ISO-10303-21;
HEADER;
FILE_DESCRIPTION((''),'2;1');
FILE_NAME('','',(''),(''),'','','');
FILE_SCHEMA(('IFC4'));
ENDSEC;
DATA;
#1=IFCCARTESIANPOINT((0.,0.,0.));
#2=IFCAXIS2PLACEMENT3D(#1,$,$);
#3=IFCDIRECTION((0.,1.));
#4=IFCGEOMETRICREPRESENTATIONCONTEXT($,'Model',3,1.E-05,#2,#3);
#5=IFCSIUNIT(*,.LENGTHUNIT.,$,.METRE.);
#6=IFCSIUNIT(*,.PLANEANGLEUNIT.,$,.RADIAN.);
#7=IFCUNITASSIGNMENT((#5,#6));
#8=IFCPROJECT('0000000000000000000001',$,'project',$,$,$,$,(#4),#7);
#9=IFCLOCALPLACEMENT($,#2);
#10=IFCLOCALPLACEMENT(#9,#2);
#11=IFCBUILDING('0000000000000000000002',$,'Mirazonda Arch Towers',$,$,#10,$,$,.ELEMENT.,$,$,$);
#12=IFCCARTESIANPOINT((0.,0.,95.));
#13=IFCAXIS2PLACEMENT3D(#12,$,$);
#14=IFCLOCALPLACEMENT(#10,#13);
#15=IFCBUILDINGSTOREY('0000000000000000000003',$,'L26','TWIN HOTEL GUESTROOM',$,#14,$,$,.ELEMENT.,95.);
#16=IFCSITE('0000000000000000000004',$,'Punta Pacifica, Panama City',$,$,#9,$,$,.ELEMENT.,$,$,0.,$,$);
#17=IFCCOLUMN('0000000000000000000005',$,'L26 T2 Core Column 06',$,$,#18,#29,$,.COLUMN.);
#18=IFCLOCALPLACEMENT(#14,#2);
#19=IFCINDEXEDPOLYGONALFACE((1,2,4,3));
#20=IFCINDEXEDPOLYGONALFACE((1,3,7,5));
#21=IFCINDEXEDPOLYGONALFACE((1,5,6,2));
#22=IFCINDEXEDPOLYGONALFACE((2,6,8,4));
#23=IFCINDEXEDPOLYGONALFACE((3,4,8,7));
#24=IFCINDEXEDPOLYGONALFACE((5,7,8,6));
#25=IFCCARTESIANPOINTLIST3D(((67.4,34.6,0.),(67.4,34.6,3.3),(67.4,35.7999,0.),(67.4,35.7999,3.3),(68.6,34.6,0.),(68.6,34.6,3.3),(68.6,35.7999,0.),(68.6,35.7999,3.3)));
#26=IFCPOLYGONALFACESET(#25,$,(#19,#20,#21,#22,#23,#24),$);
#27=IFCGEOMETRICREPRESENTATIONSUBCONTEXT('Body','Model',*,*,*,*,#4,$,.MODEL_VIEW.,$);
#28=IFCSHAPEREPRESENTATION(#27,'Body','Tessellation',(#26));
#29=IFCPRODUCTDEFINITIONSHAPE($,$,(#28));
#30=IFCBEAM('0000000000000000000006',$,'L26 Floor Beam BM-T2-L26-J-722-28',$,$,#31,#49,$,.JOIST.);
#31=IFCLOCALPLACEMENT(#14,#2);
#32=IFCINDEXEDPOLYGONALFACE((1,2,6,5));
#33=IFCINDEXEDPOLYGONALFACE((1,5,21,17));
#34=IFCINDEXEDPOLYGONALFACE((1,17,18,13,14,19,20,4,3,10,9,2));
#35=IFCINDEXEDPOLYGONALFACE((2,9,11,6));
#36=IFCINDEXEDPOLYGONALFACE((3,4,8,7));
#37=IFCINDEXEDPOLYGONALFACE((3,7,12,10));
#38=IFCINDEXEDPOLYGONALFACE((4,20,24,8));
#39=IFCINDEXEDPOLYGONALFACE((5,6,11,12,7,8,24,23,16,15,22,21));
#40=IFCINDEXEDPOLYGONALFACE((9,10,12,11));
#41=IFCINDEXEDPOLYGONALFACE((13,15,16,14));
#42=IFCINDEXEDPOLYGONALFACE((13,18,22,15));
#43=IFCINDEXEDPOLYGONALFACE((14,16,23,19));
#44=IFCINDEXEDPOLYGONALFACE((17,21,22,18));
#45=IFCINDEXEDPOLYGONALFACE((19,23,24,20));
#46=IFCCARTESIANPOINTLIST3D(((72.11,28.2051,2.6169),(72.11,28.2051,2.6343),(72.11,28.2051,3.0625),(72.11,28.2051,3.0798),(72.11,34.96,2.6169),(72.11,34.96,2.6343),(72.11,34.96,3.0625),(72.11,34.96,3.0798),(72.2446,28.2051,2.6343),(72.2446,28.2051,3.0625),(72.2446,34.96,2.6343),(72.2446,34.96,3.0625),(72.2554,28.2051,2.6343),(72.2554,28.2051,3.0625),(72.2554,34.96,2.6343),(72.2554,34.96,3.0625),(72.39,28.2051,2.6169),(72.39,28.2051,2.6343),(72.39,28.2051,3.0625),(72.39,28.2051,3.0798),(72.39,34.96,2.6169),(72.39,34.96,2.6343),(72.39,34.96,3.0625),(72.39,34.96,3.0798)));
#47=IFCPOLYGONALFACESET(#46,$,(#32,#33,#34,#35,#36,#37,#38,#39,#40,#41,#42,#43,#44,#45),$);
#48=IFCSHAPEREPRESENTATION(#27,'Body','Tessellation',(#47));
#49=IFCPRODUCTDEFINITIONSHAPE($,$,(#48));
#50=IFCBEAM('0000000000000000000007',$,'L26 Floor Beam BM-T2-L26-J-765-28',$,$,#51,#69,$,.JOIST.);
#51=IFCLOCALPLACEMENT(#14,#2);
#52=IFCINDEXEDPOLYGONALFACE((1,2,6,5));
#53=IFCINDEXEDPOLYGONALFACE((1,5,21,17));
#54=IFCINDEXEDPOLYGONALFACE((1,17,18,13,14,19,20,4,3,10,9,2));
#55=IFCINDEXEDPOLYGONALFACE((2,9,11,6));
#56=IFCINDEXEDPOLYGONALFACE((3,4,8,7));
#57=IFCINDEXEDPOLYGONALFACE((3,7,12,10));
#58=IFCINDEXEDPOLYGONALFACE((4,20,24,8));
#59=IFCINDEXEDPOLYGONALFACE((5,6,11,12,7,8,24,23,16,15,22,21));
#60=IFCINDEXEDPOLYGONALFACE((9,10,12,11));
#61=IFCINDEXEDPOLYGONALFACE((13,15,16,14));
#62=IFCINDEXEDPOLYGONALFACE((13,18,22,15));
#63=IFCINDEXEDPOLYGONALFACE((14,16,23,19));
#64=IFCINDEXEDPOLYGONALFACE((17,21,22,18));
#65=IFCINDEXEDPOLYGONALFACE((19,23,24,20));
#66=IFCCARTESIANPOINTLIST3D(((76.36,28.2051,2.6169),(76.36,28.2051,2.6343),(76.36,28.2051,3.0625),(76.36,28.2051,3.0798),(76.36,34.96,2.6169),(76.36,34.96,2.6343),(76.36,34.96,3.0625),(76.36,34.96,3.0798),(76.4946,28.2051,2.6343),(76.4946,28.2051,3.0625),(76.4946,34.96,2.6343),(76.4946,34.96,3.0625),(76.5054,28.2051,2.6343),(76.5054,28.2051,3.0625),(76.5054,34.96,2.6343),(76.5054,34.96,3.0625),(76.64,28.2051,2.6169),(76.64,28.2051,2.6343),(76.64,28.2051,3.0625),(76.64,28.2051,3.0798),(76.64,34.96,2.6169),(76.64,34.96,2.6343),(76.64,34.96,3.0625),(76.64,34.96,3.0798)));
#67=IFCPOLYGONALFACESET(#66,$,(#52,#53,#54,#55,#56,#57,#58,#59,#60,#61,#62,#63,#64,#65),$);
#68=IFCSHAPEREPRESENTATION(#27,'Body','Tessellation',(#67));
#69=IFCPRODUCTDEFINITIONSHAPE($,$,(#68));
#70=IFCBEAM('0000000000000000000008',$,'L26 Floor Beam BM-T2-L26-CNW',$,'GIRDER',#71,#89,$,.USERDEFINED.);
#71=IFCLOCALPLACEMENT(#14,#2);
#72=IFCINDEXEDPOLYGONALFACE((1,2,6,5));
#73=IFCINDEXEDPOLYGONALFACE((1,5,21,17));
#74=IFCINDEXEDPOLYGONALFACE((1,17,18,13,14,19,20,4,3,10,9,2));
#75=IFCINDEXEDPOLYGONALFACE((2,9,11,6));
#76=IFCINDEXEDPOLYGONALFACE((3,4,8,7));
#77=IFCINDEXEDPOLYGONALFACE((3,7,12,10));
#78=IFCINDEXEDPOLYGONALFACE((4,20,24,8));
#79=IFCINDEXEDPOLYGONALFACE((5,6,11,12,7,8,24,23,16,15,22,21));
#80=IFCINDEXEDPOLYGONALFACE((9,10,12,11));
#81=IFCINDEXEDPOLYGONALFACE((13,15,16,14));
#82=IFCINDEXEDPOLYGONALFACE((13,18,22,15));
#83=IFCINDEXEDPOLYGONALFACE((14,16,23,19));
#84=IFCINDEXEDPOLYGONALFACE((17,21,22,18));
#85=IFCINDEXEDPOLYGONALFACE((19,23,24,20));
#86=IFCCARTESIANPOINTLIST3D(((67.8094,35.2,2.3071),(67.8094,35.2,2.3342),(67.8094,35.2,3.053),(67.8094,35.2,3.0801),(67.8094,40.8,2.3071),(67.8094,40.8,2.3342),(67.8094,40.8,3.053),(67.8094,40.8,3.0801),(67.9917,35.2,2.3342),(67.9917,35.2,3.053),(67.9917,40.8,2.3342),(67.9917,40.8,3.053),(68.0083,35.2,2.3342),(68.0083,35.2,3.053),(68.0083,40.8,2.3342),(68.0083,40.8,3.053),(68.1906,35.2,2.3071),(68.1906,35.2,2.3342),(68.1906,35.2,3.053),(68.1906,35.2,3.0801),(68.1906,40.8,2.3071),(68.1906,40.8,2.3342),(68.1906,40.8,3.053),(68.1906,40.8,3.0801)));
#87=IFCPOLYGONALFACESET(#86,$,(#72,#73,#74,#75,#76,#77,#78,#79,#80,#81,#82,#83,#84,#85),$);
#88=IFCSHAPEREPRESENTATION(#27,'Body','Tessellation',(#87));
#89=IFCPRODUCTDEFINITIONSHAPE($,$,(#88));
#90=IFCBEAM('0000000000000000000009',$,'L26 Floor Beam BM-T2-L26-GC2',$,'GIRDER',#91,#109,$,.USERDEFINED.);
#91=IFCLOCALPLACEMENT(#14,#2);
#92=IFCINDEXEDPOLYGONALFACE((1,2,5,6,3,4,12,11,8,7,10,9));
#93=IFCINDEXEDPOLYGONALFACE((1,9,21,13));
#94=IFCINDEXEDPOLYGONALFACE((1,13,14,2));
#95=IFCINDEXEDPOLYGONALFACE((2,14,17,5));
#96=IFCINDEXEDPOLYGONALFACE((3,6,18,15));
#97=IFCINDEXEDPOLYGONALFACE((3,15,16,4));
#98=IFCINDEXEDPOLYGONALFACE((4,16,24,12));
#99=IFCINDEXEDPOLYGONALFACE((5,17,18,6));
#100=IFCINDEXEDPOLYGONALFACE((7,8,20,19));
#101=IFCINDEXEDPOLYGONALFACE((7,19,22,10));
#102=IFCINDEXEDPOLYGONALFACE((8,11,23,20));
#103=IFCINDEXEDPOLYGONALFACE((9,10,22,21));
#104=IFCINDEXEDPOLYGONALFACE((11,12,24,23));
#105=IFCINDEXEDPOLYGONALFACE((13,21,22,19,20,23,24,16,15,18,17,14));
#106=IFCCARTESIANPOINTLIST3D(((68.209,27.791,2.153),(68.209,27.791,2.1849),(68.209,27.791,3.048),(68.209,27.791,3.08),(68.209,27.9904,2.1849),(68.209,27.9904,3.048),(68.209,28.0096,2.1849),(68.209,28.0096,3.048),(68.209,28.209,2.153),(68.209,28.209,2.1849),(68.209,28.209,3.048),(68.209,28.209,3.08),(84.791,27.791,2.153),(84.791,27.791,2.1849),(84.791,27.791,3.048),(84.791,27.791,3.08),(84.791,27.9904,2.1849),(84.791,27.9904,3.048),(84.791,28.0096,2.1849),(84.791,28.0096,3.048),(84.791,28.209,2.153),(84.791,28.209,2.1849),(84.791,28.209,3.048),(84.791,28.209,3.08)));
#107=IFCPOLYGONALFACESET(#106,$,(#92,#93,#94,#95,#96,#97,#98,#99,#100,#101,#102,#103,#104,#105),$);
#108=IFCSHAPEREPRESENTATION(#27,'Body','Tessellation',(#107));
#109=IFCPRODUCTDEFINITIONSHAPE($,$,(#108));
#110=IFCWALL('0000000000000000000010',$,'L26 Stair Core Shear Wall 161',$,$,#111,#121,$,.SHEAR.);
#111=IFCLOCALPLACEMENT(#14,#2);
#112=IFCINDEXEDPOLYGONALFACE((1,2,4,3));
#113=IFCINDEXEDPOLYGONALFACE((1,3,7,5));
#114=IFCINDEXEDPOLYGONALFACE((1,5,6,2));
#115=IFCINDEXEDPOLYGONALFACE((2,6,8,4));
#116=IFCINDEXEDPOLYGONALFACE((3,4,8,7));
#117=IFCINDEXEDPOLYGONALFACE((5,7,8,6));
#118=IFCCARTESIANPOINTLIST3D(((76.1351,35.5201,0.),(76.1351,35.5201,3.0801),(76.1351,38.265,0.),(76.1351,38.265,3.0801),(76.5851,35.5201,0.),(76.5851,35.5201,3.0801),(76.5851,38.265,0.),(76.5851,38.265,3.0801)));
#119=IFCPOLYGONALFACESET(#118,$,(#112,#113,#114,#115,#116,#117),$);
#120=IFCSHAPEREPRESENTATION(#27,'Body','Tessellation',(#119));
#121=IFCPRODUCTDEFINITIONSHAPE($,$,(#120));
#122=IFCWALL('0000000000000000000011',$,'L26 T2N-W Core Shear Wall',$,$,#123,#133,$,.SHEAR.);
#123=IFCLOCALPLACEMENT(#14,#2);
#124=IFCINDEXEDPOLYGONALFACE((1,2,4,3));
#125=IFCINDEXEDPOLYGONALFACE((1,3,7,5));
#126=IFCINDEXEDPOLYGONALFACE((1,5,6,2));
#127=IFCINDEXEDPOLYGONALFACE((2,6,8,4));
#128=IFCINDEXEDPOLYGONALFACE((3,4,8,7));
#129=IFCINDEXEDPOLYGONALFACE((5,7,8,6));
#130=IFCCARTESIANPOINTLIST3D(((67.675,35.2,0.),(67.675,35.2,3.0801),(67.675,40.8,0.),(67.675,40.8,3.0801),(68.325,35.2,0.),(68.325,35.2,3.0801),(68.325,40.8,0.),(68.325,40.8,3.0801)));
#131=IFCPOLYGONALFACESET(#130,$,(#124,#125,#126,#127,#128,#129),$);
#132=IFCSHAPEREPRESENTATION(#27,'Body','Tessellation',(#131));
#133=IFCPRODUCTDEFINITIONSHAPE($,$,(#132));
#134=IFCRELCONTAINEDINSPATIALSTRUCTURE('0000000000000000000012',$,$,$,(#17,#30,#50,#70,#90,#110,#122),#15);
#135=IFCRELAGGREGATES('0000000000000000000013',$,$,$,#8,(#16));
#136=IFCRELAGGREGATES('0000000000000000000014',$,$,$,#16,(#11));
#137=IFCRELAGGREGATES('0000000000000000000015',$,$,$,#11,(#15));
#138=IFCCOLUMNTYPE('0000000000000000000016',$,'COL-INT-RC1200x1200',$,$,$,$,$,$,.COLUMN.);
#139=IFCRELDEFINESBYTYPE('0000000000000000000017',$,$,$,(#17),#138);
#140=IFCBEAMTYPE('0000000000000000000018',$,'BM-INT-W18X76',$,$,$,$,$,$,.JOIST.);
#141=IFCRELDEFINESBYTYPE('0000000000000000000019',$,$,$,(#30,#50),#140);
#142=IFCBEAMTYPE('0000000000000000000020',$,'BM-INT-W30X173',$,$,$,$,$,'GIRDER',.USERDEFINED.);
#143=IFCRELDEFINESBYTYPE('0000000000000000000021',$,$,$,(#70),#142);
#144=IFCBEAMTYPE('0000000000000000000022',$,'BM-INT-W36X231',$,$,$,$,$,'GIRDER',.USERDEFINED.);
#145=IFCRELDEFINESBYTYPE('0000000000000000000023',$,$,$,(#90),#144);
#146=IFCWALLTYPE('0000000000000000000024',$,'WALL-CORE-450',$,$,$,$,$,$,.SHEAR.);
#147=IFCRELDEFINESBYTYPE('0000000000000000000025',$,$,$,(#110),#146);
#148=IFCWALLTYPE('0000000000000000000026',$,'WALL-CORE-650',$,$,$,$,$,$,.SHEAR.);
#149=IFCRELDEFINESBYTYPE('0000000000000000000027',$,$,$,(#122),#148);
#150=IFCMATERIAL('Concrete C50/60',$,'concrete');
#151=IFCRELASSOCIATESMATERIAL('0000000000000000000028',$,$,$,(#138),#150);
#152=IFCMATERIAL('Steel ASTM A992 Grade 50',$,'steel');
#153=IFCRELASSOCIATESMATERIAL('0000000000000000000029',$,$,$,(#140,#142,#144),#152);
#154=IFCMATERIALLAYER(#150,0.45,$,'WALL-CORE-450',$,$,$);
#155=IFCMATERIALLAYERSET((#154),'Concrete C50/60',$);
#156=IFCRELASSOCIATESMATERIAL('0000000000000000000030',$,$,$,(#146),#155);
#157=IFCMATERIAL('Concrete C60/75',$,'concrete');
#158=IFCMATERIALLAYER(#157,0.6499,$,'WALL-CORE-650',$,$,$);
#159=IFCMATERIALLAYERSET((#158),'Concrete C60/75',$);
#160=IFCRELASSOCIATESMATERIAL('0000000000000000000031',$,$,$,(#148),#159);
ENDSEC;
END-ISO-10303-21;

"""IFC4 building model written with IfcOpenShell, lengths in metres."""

from ifc_helpers import new_model, si_unit, direction, frame, frame_2d, origin, origin_2d, place, context, subcontext, project, spatial, rectangle, i_section, extrude, material, layer, layer_set, material_profile, profile_set, type_object, element, save


model = new_model("IFC4")

# Units and contexts
model_context = context("Model", 3, precision=1e-05, world=origin(), true_north=direction((0.0, 1.0)))
body_context = subcontext(model_context, "Body", "Model", "MODEL_VIEW")
ifc_project = project(units=[si_unit("LENGTHUNIT", "METRE"), si_unit("PLANEANGLEUNIT", "RADIAN")], contexts=[model_context])

# Site, building, storey
site_placement = place(None, origin())
site = spatial("IfcSite", under=ifc_project, at=site_placement, Name="Punta Pacifica, Panama City", CompositionType="ELEMENT", RefElevation=0.0)
building_placement = place(site_placement, origin())
building = spatial("IfcBuilding", under=site, at=building_placement, Name="Mirazonda Arch Towers", CompositionType="ELEMENT")
storey_placement = place(building_placement, frame((0.0, 0.0, 95.0)))
storey = spatial("IfcBuildingStorey", under=building, at=storey_placement, Name="L26", Description="TWIN HOTEL GUESTROOM", CompositionType="ELEMENT", Elevation=95.0)

# Column
ifc_material_1 = material(Name="Concrete C50/60", Category="concrete")
ifc_material_profile_1 = material_profile(ifc_material_1, rectangle(XDim=1.2, YDim=1.2, at=origin_2d()), Name="RC1200x1200")
ifc_profile_set_1 = profile_set([ifc_material_profile_1], Name="Concrete C50/60")
column_type = type_object("IfcColumnType", Name="COL-INT-RC1200x1200", PredefinedType="COLUMN", material=ifc_profile_set_1)
column_placement = place(storey_placement, frame((68.0, 35.2, 0.0), z_axis=(0.0, 0.0, 1.0), x_axis=(1.0, 0.0, 0.0)))
element("IfcColumn", 1, at=column_placement, inside=storey, type_object=column_type, Name="L26 T2 Core Column 06", PredefinedType="COLUMN", context=body_context, shape_type="SweptSolid", body=[
    extrude(rectangle(XDim=1.2, YDim=1.2, at=origin_2d()), origin(), (0.0, 0.0, 1.0), 3.3),
])

# Beams
ifc_material_2 = material(Name="Steel ASTM A992 Grade 50", Category="steel")
ifc_material_profile_2 = material_profile(ifc_material_2, i_section(OverallWidth=0.28, OverallDepth=0.4629, WebThickness=0.0107, FlangeThickness=0.0173, at=origin_2d()), Name="W18X76")
ifc_profile_set_2 = profile_set([ifc_material_profile_2], Name="Steel ASTM A992 Grade 50")
beam_type_1 = type_object("IfcBeamType", Name="BM-INT-W18X76", PredefinedType="JOIST", material=ifc_profile_set_2)
for number, where, z_axis, x_axis, name in (
    (2, (72.25, 28.2051, 2.8484), (0.0, 1.0, 0.0), (-1.0, 0.0, 0.0), "L26 Floor Beam BM-T2-L26-J-722-28"),
    (3, (76.5, 28.2051, 2.8484), (0.0, 1.0, 0.0), (-1.0, 0.0, 0.0), "L26 Floor Beam BM-T2-L26-J-765-28"),
):
    element("IfcBeam", number, at=place(storey_placement, frame(where, z_axis=z_axis, x_axis=x_axis)), inside=storey, type_object=beam_type_1, Name=name, PredefinedType="JOIST", context=body_context, shape_type="SweptSolid", body=[
        extrude(i_section(OverallWidth=0.28, OverallDepth=0.4629, WebThickness=0.0107, FlangeThickness=0.0173, at=origin_2d()), origin(), (0.0, 0.0, 1.0), 6.7549),
    ])
ifc_material_profile_3 = material_profile(ifc_material_2, i_section(OverallWidth=0.3811, OverallDepth=0.7729, WebThickness=0.0166, FlangeThickness=0.0271, at=origin_2d()), Name="W30X173")
ifc_profile_set_3 = profile_set([ifc_material_profile_3], Name="Steel ASTM A992 Grade 50")
beam_type_2 = type_object("IfcBeamType", Name="BM-INT-W30X173", ElementType="GIRDER", PredefinedType="USERDEFINED", material=ifc_profile_set_3)
beam_1_placement = place(storey_placement, frame((68.0, 35.2, 2.6936), z_axis=(0.0, 1.0, 0.0), x_axis=(-1.0, 0.0, 0.0)))
element("IfcBeam", 4, at=beam_1_placement, inside=storey, type_object=beam_type_2, Name="L26 Floor Beam BM-T2-L26-CNW", ObjectType="GIRDER", PredefinedType="USERDEFINED", context=body_context, shape_type="SweptSolid", body=[
    extrude(i_section(OverallWidth=0.3811, OverallDepth=0.7729, WebThickness=0.0166, FlangeThickness=0.0271, at=origin_2d()), origin(), (0.0, 0.0, 1.0), 5.6001),
])
ifc_material_profile_4 = material_profile(ifc_material_2, i_section(OverallWidth=0.418, OverallDepth=0.927, WebThickness=0.0193, FlangeThickness=0.032, at=origin_2d()), Name="W36X231")
ifc_profile_set_4 = profile_set([ifc_material_profile_4], Name="Steel ASTM A992 Grade 50")
beam_type_3 = type_object("IfcBeamType", Name="BM-INT-W36X231", ElementType="GIRDER", PredefinedType="USERDEFINED", material=ifc_profile_set_4)
beam_2_placement = place(storey_placement, frame((68.209, 28.0, 2.6165), z_axis=(1.0, 0.0, 0.0), x_axis=(0.0, 1.0, 0.0)))
element("IfcBeam", 5, at=beam_2_placement, inside=storey, type_object=beam_type_3, Name="L26 Floor Beam BM-T2-L26-GC2", ObjectType="GIRDER", PredefinedType="USERDEFINED", context=body_context, shape_type="SweptSolid", body=[
    extrude(i_section(OverallWidth=0.418, OverallDepth=0.927, WebThickness=0.0193, FlangeThickness=0.032, at=origin_2d()), origin(), (0.0, 0.0, 1.0), 16.582),
])

# Walls
ifc_layer_1 = layer(ifc_material_1, 0.45, Name="WALL-CORE-450")
ifc_layer_set_1 = layer_set([ifc_layer_1], Name="Concrete C50/60")
wall_type_1 = type_object("IfcWallType", Name="WALL-CORE-450", PredefinedType="SHEAR", material=ifc_layer_set_1)
wall_1_placement = place(storey_placement, frame((76.3601, 35.52, 0.0), z_axis=(0.0, 0.0, 1.0), x_axis=(0.0, 1.0, 0.0)))
element("IfcWall", 6, at=wall_1_placement, inside=storey, type_object=wall_type_1, Name="L26 Stair Core Shear Wall 161", PredefinedType="SHEAR", context=body_context, shape_type="SweptSolid", body=[
    extrude(rectangle(XDim=2.7449, YDim=0.45, at=frame_2d((1.3726, 0.0))), origin(), (0.0, 0.0, 1.0), 3.0801),
])
ifc_material_3 = material(Name="Concrete C60/75", Category="concrete")
ifc_layer_2 = layer(ifc_material_3, 0.6499, Name="WALL-CORE-650")
ifc_layer_set_2 = layer_set([ifc_layer_2], Name="Concrete C60/75")
wall_type_2 = type_object("IfcWallType", Name="WALL-CORE-650", PredefinedType="SHEAR", material=ifc_layer_set_2)
wall_2_placement = place(storey_placement, frame((68.0, 35.2, 0.0), z_axis=(0.0, 0.0, 1.0), x_axis=(0.0, 1.0, 0.0)))
element("IfcWall", 7, at=wall_2_placement, inside=storey, type_object=wall_type_2, Name="L26 T2N-W Core Shear Wall", PredefinedType="SHEAR", context=body_context, shape_type="SweptSolid", body=[
    extrude(rectangle(XDim=5.6001, YDim=0.6499, at=frame_2d((2.8, 0.0))), origin(), (0.0, 0.0, 1.0), 3.0801),
])

save(model, "model.ifc")
